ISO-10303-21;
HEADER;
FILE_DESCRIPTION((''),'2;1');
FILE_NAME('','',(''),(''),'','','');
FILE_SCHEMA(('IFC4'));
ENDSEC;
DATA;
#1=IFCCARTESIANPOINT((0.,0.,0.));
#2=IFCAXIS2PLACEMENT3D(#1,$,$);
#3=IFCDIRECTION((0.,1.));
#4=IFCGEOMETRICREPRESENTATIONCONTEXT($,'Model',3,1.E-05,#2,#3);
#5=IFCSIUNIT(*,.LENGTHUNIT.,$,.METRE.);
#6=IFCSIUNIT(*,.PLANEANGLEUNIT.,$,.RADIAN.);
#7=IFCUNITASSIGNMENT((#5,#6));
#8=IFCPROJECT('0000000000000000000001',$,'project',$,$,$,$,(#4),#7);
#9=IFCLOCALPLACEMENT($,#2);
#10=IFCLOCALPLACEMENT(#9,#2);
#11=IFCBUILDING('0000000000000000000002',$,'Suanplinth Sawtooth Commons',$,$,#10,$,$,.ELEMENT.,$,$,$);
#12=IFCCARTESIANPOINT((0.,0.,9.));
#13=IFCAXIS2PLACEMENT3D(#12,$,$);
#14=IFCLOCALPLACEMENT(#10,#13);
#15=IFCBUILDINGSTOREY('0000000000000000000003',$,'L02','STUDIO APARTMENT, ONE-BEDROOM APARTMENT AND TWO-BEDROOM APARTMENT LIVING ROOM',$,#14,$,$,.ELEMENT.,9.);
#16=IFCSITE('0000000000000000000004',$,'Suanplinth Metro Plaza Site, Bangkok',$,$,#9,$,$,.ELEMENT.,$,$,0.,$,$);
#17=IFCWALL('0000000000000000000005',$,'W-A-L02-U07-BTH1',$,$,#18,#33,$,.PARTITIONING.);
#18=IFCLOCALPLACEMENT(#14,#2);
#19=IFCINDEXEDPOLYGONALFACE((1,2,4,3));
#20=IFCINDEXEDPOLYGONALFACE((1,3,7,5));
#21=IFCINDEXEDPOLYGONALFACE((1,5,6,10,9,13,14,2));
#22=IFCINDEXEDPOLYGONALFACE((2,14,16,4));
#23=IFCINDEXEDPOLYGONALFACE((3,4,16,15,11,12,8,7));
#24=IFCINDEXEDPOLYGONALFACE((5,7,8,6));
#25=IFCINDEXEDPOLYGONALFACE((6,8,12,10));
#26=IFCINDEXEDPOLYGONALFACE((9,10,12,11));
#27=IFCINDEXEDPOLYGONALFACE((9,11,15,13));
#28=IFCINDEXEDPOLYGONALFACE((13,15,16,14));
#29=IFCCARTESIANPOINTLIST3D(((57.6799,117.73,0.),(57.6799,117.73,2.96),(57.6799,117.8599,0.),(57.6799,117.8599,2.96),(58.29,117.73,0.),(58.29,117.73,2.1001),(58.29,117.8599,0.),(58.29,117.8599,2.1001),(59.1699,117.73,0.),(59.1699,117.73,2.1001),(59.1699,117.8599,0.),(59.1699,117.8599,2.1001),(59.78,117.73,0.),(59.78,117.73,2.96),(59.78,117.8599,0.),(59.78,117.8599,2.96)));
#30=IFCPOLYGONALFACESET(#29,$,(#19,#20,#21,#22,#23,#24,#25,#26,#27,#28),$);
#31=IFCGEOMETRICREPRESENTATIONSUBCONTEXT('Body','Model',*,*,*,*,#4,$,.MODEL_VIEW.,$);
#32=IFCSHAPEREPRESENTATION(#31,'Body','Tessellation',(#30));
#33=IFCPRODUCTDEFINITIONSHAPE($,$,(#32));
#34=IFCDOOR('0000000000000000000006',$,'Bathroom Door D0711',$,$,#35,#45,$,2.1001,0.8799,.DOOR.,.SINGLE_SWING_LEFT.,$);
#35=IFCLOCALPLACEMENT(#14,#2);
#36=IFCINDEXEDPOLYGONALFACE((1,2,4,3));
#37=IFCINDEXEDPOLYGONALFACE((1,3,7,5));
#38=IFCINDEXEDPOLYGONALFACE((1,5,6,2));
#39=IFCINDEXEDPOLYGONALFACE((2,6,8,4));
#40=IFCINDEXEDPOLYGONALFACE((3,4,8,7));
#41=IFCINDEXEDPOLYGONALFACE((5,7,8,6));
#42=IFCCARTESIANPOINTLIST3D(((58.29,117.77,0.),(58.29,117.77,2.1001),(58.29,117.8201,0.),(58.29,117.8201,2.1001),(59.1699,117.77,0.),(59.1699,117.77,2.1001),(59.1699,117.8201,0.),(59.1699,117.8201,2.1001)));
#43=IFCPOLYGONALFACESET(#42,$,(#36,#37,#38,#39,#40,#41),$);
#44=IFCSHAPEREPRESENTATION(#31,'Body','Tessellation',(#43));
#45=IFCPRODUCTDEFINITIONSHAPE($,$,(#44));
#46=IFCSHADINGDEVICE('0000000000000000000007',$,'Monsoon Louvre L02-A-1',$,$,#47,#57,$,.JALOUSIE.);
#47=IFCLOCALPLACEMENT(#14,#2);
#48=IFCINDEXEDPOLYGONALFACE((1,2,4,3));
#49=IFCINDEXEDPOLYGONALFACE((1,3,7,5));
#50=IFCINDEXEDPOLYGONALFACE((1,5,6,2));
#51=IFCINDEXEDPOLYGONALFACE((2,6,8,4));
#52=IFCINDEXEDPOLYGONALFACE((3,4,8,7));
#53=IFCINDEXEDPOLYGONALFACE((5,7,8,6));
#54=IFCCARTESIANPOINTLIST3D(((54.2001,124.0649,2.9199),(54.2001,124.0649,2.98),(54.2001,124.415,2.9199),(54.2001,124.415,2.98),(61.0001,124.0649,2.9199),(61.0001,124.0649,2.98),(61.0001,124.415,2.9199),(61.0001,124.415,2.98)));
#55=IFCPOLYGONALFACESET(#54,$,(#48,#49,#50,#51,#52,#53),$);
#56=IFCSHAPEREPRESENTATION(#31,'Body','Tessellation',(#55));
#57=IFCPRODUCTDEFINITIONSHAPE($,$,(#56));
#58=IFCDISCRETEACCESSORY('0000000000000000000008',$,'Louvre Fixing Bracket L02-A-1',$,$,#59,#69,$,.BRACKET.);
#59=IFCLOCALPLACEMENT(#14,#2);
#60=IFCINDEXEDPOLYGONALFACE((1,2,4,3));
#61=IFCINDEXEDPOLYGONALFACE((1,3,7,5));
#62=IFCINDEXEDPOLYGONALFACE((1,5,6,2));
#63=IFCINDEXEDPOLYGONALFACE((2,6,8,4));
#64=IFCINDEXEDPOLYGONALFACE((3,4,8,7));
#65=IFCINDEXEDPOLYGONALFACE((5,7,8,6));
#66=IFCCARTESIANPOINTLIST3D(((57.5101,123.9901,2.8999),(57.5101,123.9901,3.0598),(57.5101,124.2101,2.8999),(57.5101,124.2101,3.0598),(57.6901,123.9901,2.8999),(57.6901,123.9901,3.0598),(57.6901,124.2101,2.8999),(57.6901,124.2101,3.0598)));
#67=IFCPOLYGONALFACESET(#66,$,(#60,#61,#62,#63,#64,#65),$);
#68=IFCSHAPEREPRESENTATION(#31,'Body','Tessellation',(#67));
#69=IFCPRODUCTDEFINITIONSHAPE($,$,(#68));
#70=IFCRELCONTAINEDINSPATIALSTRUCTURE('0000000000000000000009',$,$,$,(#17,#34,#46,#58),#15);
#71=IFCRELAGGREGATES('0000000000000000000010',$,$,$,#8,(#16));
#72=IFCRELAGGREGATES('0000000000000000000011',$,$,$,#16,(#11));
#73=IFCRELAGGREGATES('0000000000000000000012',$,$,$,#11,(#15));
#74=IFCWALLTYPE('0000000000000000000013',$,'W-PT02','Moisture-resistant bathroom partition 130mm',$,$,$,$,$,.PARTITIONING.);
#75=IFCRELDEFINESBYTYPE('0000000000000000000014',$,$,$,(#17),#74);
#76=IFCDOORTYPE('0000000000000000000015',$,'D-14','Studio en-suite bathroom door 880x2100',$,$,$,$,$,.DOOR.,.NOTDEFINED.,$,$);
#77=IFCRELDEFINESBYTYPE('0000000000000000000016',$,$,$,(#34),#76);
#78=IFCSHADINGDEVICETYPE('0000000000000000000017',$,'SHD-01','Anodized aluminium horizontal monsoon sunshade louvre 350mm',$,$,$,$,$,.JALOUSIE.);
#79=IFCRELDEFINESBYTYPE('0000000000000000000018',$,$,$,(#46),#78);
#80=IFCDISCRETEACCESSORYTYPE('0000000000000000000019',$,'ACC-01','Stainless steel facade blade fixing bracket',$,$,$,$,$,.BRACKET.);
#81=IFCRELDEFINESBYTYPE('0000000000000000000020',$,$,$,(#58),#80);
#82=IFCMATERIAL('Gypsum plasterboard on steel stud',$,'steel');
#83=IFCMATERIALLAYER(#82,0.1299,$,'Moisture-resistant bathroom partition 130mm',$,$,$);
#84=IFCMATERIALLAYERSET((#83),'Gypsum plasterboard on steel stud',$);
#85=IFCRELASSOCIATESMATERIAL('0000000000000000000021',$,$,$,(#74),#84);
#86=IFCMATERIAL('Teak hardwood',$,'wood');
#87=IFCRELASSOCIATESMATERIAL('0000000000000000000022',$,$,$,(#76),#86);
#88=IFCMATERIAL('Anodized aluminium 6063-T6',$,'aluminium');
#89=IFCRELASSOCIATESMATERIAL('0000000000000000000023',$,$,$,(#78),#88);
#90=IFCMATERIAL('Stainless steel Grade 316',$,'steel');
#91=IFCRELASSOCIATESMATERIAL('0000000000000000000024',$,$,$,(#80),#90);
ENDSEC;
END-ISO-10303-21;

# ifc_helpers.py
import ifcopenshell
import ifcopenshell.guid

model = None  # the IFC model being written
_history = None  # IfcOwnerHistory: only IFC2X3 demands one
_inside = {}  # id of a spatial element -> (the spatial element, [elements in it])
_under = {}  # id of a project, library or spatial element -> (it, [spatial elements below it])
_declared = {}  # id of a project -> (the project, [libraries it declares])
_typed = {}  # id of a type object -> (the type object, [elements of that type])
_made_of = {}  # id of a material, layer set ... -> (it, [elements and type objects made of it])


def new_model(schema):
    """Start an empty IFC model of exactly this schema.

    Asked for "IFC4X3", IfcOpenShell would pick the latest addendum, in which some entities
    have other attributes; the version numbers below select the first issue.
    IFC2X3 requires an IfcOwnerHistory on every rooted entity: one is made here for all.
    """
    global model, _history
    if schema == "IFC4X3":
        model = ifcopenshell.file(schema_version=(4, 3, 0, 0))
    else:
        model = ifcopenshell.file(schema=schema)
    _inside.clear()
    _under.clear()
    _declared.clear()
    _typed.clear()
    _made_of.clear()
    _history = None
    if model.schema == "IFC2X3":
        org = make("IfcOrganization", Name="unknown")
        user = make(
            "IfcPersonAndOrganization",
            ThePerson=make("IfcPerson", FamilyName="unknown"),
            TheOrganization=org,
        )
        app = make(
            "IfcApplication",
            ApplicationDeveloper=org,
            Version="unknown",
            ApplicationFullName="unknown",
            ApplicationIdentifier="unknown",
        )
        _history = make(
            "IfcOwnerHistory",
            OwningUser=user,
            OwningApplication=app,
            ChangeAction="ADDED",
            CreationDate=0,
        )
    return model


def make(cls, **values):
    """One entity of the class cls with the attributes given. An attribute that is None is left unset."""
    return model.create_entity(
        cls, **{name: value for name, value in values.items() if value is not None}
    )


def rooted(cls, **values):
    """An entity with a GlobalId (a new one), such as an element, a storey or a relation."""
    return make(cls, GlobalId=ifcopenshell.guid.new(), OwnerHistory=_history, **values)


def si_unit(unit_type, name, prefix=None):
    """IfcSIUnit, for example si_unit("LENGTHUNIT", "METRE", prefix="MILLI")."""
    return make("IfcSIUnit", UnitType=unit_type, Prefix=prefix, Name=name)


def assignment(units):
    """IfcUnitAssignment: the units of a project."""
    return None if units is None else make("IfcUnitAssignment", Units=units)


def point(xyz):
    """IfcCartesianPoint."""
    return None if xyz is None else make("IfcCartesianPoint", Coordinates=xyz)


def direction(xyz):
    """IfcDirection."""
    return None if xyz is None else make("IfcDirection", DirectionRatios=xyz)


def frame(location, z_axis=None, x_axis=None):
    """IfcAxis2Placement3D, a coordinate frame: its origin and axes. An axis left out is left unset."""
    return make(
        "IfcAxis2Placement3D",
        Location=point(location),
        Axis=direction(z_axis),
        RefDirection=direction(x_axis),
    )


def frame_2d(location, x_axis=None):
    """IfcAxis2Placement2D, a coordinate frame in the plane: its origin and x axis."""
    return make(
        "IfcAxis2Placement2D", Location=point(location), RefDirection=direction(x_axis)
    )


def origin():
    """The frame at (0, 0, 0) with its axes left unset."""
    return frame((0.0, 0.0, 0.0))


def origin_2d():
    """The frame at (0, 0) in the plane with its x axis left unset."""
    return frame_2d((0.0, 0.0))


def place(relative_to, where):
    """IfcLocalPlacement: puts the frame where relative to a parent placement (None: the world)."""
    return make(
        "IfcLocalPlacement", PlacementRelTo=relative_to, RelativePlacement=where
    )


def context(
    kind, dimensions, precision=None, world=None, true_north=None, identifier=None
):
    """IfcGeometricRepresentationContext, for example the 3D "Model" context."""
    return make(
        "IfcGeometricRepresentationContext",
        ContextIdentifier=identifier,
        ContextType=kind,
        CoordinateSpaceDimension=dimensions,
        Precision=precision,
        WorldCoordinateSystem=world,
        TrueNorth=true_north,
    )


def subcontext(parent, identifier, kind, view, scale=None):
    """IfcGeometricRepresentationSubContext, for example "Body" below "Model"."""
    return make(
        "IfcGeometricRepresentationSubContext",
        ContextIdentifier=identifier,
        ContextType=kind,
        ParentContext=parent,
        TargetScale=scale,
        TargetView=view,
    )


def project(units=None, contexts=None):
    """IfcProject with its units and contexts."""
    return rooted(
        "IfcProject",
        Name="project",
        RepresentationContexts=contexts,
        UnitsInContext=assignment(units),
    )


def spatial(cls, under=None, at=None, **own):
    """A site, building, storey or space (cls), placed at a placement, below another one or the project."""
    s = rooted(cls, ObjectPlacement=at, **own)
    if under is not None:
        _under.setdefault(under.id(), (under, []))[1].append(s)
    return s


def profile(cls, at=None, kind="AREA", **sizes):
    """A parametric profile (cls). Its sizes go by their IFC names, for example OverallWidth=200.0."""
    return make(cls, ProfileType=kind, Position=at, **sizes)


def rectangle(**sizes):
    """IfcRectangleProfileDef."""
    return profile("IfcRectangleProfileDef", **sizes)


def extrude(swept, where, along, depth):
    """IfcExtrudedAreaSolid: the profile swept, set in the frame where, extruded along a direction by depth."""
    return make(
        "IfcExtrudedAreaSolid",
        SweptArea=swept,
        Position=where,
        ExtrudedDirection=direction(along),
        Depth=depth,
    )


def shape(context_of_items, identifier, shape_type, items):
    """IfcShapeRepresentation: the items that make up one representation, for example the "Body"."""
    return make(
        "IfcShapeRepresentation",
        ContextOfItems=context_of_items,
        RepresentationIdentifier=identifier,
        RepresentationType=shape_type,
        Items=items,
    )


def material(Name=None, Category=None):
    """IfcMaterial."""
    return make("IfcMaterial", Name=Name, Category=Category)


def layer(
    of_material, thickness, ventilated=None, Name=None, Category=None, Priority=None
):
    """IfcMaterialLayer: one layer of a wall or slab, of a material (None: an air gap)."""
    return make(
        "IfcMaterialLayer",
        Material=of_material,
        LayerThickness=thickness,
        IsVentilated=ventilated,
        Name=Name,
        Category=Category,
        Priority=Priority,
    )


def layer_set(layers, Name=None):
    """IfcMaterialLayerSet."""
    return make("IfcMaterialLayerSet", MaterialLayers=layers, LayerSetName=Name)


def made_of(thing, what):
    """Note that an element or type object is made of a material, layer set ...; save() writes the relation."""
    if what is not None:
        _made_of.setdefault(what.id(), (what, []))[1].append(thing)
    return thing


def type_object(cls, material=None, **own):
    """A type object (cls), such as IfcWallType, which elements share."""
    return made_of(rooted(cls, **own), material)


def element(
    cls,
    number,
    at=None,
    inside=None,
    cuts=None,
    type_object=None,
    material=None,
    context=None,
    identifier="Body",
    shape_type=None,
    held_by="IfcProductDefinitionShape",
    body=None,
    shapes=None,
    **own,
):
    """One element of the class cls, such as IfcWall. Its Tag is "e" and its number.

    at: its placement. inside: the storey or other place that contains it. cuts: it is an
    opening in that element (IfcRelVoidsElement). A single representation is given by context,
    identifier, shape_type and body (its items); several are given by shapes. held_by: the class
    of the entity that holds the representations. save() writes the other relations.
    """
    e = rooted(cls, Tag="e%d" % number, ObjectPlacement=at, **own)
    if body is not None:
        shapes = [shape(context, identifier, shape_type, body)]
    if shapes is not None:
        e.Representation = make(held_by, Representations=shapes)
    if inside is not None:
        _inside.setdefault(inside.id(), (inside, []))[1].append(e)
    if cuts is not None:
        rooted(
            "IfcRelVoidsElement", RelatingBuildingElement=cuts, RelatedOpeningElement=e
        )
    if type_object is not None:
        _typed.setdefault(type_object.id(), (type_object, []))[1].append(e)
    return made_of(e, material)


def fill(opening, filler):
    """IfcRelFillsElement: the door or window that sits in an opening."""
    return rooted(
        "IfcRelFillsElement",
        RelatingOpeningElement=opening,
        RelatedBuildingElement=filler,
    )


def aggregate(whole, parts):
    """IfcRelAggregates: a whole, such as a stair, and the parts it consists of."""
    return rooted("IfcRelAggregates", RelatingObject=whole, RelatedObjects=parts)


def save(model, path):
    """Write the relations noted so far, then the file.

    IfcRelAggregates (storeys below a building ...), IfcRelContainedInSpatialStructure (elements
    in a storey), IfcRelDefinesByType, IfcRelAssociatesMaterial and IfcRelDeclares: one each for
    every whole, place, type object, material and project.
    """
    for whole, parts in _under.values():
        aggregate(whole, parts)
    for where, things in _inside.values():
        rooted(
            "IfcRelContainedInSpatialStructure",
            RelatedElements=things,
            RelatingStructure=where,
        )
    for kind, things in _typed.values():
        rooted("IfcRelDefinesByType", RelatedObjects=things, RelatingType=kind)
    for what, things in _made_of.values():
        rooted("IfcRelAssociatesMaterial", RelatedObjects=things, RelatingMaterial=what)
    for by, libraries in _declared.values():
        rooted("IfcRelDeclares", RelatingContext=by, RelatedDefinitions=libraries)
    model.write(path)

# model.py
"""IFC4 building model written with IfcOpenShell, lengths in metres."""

from ifc_helpers import new_model, si_unit, direction, frame, frame_2d, origin, origin_2d, place, context, subcontext, project, spatial, rectangle, extrude, material, layer, layer_set, type_object, element, fill, save


model = new_model("IFC4")

# Units and contexts
model_context = context("Model", 3, precision=1e-05, world=origin(), true_north=direction((0.0, 1.0)))
body_context = subcontext(model_context, "Body", "Model", "MODEL_VIEW")
ifc_project = project(units=[si_unit("LENGTHUNIT", "METRE"), si_unit("PLANEANGLEUNIT", "RADIAN")], contexts=[model_context])

# Site, building, storey
site_placement = place(None, origin())
site = spatial("IfcSite", under=ifc_project, at=site_placement, Name="Suanplinth Metro Plaza Site, Bangkok", CompositionType="ELEMENT", RefElevation=0.0)
building_placement = place(site_placement, origin())
building = spatial("IfcBuilding", under=site, at=building_placement, Name="Suanplinth Sawtooth Commons", CompositionType="ELEMENT")
storey_placement = place(building_placement, frame((0.0, 0.0, 9.0)))
storey = spatial("IfcBuildingStorey", under=building, at=storey_placement, Name="L02", Description="STUDIO APARTMENT, ONE-BEDROOM APARTMENT AND TWO-BEDROOM APARTMENT LIVING ROOM", CompositionType="ELEMENT", Elevation=9.0)

# Shared definitions
ifc_material_1 = material(Name="Anodized aluminium 6063-T6", Category="aluminium")

# Wall, opening, door
ifc_material_2 = material(Name="Gypsum plasterboard on steel stud", Category="steel")
ifc_layer_1 = layer(ifc_material_2, 0.1299, Name="Moisture-resistant bathroom partition 130mm")
ifc_layer_set_1 = layer_set([ifc_layer_1], Name="Gypsum plasterboard on steel stud")
wall_type_1 = type_object("IfcWallType", Name="W-PT02", Description="Moisture-resistant bathroom partition 130mm", PredefinedType="PARTITIONING", material=ifc_layer_set_1)
wall_1_placement = place(storey_placement, frame((57.6799, 117.7949, 0.0), z_axis=(0.0, 0.0, 1.0), x_axis=(1.0, 0.0, 0.0)))
wall_1 = element("IfcWall", 1, at=wall_1_placement, inside=storey, type_object=wall_type_1, Name="W-A-L02-U07-BTH1", PredefinedType="PARTITIONING", context=body_context, shape_type="SweptSolid", body=[
    extrude(rectangle(XDim=2.1001, YDim=0.1299, at=frame_2d((1.05, 0.0))), origin(), (0.0, 0.0, 1.0), 2.96),
])
opening_1_placement = place(wall_1_placement, frame((0.6101, 0.0, 0.0)))
opening_1 = element("IfcOpeningElement", 2, at=opening_1_placement, cuts=wall_1, PredefinedType="OPENING", context=body_context, shape_type="SweptSolid", body=[
    extrude(rectangle(XDim=0.8799, YDim=2.1001, at=frame_2d((0.4399, 1.05))), frame((0.0, 0.0798, 0.0), z_axis=(0.0, -1.0, 0.0), x_axis=(1.0, 0.0, 0.0)), (0.0, 0.0, 1.0), 0.1597),
])
ifc_material_3 = material(Name="Teak hardwood", Category="wood")
door_type_1 = type_object("IfcDoorType", Name="D-14", Description="Studio en-suite bathroom door 880x2100", OperationType="NOTDEFINED", PredefinedType="DOOR", material=ifc_material_3)
door_1_placement = place(opening_1_placement, frame((0.8799, 0.0, 0.0), z_axis=(0.0, 0.0, 1.0), x_axis=(-1.0, 0.0, 0.0)))
door_1 = element("IfcDoor", 3, at=door_1_placement, inside=storey, type_object=door_type_1, Name="Bathroom Door D0711", OperationType="SINGLE_SWING_LEFT", OverallHeight=2.1001, OverallWidth=0.8799, PredefinedType="DOOR", context=body_context, shape_type="SweptSolid", body=[
    extrude(rectangle(XDim=0.8799, YDim=2.1001, at=frame_2d((0.4399, 1.05))), frame((0.0, 0.0249, 0.0), z_axis=(0.0, -1.0, 0.0), x_axis=(1.0, 0.0, 0.0)), (0.0, 0.0, 1.0), 0.05),
])
fill(opening_1, door_1)

# Shading device
shading_device_type = type_object("IfcShadingDeviceType", Name="SHD-01", Description="Anodized aluminium horizontal monsoon sunshade louvre 350mm", PredefinedType="JALOUSIE", material=ifc_material_1)
shading_device_placement = place(storey_placement, frame((57.6001, 124.24, 2.9199), z_axis=(0.0, 0.0, 1.0), x_axis=(1.0, 0.0, 0.0)))
element("IfcShadingDevice", 4, at=shading_device_placement, inside=storey, type_object=shading_device_type, Name="Monsoon Louvre L02-A-1", PredefinedType="JALOUSIE", context=body_context, shape_type="SweptSolid", body=[
    extrude(rectangle(XDim=6.8, YDim=0.3501, at=origin_2d()), origin(), (0.0, 0.0, 1.0), 0.0601),
])

# Discrete accessory
ifc_material_4 = material(Name="Stainless steel Grade 316", Category="steel")
discrete_accessory_type = type_object("IfcDiscreteAccessoryType", Name="ACC-01", Description="Stainless steel facade blade fixing bracket", PredefinedType="BRACKET", material=ifc_material_4)
discrete_accessory_placement = place(storey_placement, frame((57.6001, 124.1001, 2.8999), z_axis=(0.0, 0.0, 1.0), x_axis=(1.0, 0.0, 0.0)))
element("IfcDiscreteAccessory", 5, at=discrete_accessory_placement, inside=storey, type_object=discrete_accessory_type, Name="Louvre Fixing Bracket L02-A-1", PredefinedType="BRACKET", context=body_context, shape_type="SweptSolid", body=[
    extrude(rectangle(XDim=0.1799, YDim=0.22, at=origin_2d()), origin(), (0.0, 0.0, 1.0), 0.1599),
])

save(model, "model.ifc")
